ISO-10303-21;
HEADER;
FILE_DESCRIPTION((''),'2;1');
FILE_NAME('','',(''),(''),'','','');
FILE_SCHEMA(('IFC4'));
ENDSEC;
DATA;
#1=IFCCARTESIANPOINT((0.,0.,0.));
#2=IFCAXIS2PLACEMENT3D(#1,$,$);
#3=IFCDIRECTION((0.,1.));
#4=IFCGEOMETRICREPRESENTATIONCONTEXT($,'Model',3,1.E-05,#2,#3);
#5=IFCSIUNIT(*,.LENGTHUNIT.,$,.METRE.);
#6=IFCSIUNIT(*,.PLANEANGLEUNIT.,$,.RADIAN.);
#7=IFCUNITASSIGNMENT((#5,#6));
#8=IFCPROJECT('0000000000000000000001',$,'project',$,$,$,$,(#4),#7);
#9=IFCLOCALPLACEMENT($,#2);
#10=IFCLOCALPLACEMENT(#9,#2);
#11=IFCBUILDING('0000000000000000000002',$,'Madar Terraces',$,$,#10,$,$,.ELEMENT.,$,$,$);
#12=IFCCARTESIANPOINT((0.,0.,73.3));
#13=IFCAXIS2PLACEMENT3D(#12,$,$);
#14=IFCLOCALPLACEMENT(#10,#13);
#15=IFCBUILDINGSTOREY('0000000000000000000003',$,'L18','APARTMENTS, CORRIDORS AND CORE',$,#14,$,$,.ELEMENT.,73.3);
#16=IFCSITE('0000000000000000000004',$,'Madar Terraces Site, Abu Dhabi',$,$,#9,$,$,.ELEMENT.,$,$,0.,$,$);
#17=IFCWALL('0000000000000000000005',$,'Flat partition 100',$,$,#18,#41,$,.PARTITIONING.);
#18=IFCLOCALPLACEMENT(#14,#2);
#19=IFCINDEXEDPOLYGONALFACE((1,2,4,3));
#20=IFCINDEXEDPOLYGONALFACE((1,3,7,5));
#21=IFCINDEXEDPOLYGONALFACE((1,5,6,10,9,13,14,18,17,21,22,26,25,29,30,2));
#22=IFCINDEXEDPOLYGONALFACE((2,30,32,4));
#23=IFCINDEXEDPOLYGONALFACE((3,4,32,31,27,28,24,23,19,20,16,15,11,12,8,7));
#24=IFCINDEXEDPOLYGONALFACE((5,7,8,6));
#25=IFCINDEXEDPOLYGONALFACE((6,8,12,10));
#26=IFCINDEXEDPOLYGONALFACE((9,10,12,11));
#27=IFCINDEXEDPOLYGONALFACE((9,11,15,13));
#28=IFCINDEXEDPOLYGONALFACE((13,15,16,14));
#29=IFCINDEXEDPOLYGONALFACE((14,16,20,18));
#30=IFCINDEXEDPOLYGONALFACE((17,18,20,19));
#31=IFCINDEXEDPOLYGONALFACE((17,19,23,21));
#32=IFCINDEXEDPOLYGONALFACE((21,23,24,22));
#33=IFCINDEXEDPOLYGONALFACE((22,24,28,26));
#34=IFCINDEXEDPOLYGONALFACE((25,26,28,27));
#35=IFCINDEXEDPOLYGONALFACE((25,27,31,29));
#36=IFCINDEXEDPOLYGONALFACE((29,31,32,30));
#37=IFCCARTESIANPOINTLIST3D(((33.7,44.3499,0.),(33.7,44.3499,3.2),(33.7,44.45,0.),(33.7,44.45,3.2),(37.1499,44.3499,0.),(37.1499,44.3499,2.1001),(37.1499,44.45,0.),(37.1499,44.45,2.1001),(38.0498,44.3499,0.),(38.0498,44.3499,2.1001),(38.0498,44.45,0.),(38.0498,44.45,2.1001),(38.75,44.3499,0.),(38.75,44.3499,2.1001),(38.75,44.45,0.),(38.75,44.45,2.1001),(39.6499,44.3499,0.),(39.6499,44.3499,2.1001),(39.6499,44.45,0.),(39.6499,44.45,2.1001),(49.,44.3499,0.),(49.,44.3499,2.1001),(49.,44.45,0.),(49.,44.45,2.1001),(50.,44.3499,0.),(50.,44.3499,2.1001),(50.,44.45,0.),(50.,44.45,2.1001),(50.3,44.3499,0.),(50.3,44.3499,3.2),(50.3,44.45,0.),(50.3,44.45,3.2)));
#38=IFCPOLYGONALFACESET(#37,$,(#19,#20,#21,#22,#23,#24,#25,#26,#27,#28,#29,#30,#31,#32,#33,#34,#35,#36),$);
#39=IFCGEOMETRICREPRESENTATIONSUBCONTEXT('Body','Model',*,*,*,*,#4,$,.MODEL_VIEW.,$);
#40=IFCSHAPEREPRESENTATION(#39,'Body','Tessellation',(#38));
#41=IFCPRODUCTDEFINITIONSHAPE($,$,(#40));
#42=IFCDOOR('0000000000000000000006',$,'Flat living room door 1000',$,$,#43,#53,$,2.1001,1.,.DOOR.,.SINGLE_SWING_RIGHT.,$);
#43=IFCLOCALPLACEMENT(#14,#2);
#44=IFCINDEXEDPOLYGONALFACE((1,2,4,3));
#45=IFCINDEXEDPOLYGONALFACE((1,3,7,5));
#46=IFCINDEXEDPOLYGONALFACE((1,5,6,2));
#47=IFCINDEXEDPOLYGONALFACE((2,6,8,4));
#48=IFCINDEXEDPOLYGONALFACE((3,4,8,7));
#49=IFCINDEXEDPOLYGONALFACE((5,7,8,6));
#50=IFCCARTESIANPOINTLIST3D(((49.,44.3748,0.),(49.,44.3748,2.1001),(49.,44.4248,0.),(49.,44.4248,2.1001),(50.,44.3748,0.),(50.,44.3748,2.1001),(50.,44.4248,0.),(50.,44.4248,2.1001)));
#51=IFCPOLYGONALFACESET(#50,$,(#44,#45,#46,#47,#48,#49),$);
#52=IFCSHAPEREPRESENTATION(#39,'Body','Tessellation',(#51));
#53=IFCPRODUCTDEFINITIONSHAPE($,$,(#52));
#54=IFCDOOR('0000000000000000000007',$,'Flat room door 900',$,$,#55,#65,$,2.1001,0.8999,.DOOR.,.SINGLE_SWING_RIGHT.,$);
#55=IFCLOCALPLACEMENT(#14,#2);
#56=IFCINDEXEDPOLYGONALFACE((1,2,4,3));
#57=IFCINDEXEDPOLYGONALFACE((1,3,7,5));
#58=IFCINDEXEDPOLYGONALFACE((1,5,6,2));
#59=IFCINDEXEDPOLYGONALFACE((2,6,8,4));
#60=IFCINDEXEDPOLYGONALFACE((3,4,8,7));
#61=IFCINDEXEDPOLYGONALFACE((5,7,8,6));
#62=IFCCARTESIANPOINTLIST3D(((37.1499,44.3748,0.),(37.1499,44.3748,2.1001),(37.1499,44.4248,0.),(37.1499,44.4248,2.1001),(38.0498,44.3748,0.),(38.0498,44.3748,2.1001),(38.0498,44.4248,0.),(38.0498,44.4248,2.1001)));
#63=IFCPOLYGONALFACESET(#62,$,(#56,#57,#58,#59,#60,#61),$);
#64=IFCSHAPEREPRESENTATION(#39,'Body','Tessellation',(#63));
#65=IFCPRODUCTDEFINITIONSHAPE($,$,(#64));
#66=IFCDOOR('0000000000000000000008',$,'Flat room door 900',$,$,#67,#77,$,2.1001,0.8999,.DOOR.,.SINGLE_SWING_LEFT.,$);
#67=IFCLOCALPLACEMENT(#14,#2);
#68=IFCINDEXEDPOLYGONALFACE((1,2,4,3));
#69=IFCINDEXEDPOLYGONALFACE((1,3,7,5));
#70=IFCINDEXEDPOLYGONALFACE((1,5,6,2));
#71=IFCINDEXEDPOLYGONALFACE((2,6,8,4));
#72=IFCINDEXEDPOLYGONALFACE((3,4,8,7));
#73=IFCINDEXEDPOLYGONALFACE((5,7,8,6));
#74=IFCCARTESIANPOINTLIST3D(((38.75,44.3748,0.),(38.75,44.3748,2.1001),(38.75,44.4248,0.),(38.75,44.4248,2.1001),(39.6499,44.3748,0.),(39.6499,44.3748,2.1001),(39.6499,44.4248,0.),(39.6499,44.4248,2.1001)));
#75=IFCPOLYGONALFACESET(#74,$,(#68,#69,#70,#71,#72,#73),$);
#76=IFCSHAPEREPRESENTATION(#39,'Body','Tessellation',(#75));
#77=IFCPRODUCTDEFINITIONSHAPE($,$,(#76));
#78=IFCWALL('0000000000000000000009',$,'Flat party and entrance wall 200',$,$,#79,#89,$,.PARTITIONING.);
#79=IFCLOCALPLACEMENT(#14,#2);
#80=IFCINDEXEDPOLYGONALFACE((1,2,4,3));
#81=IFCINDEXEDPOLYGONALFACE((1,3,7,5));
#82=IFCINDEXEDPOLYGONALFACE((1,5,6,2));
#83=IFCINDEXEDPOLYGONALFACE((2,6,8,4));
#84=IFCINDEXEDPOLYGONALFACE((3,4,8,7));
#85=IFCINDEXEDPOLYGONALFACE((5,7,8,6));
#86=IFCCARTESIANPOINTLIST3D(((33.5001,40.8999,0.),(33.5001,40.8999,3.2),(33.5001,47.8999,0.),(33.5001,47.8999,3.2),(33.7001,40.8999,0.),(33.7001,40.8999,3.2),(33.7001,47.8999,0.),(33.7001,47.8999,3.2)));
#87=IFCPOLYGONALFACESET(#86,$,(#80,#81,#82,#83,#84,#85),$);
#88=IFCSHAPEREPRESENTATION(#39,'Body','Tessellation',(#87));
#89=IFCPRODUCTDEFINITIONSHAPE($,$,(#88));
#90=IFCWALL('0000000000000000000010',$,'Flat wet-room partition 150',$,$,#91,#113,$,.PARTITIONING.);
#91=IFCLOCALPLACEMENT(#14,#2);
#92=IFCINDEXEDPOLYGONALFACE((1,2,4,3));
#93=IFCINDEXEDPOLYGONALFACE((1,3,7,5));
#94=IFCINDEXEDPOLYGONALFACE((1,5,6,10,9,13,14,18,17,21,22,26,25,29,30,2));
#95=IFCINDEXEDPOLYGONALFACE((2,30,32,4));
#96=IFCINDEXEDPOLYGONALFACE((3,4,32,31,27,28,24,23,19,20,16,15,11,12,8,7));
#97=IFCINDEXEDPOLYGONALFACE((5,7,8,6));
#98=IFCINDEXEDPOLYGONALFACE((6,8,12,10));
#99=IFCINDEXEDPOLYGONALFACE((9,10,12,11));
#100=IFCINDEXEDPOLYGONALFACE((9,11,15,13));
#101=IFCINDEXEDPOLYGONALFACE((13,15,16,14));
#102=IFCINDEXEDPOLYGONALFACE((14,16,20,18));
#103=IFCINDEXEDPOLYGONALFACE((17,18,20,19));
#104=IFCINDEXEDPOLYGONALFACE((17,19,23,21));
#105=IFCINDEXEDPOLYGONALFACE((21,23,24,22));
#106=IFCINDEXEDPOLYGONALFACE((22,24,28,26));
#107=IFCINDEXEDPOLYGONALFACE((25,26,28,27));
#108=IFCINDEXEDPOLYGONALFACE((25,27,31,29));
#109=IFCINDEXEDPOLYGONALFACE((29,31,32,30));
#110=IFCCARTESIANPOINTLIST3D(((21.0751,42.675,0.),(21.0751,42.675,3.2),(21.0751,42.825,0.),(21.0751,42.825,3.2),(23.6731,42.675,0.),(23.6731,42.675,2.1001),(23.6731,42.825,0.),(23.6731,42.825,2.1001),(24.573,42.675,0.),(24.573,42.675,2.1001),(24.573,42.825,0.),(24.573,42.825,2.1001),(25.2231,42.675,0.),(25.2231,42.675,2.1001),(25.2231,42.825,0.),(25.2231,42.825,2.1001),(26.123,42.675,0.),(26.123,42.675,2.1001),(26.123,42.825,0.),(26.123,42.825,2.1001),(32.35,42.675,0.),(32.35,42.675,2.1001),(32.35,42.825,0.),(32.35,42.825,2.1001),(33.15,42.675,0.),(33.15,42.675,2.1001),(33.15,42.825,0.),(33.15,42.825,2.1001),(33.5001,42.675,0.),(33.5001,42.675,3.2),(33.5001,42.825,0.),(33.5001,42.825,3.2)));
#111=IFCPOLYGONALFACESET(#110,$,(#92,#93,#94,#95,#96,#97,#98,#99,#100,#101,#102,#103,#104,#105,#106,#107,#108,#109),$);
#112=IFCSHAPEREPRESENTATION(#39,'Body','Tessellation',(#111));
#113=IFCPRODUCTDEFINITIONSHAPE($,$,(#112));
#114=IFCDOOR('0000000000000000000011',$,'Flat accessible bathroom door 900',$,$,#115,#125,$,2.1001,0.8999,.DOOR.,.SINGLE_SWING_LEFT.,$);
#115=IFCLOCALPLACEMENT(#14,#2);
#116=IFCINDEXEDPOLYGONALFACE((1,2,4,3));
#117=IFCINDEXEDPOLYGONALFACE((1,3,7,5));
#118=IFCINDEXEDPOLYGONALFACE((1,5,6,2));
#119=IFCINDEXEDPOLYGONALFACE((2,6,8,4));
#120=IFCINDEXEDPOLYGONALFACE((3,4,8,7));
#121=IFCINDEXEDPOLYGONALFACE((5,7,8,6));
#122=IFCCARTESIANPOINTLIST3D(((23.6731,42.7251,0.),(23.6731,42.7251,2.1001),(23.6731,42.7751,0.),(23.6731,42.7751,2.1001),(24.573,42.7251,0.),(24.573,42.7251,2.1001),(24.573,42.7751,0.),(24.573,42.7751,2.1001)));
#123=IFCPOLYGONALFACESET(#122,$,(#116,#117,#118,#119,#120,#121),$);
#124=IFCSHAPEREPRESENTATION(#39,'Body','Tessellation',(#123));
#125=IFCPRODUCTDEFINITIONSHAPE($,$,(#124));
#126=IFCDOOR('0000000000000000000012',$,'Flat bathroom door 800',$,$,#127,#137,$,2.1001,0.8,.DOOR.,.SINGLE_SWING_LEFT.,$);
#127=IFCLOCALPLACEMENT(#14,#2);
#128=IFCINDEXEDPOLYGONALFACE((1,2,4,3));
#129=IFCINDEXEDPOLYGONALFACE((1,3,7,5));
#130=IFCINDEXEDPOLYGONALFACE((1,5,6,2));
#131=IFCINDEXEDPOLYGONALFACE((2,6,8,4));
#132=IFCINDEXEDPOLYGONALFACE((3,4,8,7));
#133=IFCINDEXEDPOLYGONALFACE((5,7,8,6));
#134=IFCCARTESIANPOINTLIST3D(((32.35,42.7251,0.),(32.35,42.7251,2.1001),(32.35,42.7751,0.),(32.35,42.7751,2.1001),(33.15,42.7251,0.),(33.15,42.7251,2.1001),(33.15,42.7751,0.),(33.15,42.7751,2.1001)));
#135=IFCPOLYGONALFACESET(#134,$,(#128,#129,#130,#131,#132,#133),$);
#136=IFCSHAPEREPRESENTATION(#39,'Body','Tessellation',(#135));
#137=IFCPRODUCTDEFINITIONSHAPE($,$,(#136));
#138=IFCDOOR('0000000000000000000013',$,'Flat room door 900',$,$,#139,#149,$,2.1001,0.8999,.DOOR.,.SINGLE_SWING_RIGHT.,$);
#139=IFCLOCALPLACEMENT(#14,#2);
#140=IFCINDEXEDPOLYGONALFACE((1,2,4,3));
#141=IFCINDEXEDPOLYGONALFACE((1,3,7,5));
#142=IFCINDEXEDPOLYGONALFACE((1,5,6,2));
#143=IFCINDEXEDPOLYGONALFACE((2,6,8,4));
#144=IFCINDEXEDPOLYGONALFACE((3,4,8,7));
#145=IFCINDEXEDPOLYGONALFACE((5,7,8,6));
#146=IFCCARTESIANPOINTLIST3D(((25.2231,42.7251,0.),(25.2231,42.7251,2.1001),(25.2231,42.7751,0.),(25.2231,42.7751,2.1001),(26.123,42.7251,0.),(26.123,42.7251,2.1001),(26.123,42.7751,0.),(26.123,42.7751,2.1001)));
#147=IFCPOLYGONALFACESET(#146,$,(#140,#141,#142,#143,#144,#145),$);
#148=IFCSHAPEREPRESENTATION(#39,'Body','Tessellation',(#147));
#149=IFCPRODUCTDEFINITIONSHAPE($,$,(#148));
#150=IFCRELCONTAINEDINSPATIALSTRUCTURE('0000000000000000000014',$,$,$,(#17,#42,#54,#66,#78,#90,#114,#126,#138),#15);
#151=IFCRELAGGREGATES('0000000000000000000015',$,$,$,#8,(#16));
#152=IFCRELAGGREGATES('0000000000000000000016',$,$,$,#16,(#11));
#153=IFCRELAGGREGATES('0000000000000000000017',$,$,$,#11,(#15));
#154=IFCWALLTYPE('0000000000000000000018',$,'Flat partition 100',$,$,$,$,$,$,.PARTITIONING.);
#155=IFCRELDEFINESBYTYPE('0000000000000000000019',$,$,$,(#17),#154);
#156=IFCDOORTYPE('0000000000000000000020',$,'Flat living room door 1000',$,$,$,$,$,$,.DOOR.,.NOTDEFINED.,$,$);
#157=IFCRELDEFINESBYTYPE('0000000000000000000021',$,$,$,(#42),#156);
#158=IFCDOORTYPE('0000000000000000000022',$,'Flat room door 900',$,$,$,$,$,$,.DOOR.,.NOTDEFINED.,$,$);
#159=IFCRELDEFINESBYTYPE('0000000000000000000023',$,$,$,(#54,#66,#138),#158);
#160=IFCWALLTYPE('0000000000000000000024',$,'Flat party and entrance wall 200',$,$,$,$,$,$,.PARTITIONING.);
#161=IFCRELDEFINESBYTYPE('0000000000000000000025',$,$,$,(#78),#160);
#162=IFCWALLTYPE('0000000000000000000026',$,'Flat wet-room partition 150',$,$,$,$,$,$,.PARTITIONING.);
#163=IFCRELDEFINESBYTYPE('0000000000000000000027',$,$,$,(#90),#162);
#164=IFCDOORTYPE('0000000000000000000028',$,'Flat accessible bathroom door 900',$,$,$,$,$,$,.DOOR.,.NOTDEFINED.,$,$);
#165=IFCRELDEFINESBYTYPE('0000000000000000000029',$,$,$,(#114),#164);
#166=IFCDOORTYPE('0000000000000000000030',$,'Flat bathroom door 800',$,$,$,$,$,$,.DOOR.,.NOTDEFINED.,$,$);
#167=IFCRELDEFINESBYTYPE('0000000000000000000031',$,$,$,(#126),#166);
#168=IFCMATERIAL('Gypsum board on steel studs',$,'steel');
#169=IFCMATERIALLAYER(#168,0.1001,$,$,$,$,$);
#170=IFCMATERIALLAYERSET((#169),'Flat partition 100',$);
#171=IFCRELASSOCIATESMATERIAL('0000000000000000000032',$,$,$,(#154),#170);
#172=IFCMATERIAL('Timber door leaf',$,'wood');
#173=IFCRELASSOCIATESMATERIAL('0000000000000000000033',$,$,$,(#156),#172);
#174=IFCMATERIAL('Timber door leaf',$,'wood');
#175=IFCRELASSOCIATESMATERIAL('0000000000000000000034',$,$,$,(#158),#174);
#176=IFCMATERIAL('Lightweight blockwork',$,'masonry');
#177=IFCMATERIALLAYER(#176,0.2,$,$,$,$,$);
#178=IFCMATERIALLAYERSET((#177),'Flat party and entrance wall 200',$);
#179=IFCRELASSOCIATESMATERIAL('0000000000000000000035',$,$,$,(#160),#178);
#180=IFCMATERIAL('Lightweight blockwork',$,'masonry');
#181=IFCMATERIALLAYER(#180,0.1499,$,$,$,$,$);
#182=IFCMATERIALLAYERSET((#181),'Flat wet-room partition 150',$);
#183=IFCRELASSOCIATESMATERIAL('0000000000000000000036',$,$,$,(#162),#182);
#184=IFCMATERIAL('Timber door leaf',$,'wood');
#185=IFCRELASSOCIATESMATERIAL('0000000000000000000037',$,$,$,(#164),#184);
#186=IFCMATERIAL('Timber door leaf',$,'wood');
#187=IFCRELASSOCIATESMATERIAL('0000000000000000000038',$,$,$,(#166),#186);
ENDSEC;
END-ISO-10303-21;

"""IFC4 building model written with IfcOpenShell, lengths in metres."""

from ifc_helpers import new_model, si_unit, direction, frame, frame_2d, origin, place, context, subcontext, project, spatial, rectangle, extrude, material, layer, layer_set, type_object, element, fill, save


model = new_model("IFC4")

# Units and contexts
model_context = context("Model", 3, precision=1e-05, world=origin(), true_north=direction((0.0, 1.0)))
body_context = subcontext(model_context, "Body", "Model", "MODEL_VIEW")
ifc_project = project(units=[si_unit("LENGTHUNIT", "METRE"), si_unit("PLANEANGLEUNIT", "RADIAN")], contexts=[model_context])

# Site, building, storey
site_placement = place(None, origin())
site = spatial("IfcSite", under=ifc_project, at=site_placement, Name="Madar Terraces Site, Abu Dhabi", CompositionType="ELEMENT", RefElevation=0.0)
building_placement = place(site_placement, origin())
building = spatial("IfcBuilding", under=site, at=building_placement, Name="Madar Terraces", CompositionType="ELEMENT")
storey_placement = place(building_placement, frame((0.0, 0.0, 73.3)))
storey = spatial("IfcBuildingStorey", under=building, at=storey_placement, Name="L18", Description="APARTMENTS, CORRIDORS AND CORE", CompositionType="ELEMENT", Elevation=73.3)

# Shared definitions
ifc_material_1 = material(Name="Gypsum board on steel studs", Category="steel")
ifc_layer_1 = layer(ifc_material_1, 0.1001)
ifc_layer_set_1 = layer_set([ifc_layer_1], Name="Flat partition 100")
wall_type_1 = type_object("IfcWallType", Name="Flat partition 100", PredefinedType="PARTITIONING", material=ifc_layer_set_1)

# Wall, openings, doors
wall_1_placement = place(storey_placement, frame((33.7, 44.3999, 0.0), z_axis=(0.0, 0.0, 1.0), x_axis=(1.0, 0.0, 0.0)))
wall_1 = element("IfcWall", 1, at=wall_1_placement, inside=storey, type_object=wall_type_1, Name="Flat partition 100", PredefinedType="PARTITIONING", context=body_context, shape_type="SweptSolid", body=[
    extrude(rectangle(XDim=16.6001, YDim=0.1001, at=frame_2d((8.3, 0.0))), origin(), (0.0, 0.0, 1.0), 3.2),
])
opening_1_placement = place(wall_1_placement, frame((3.45, 0.0, 0.0)))
opening_1 = element("IfcOpeningElement", 2, at=opening_1_placement, cuts=wall_1, PredefinedType="OPENING", context=body_context, shape_type="SweptSolid", body=[
    extrude(rectangle(XDim=0.8999, YDim=2.1001, at=frame_2d((0.45, 1.05))), frame((0.0, 0.0601, 0.0), z_axis=(0.0, -1.0, 0.0), x_axis=(1.0, 0.0, 0.0)), (0.0, 0.0, 1.0), 0.1201),
])
opening_2_placement = place(wall_1_placement, frame((5.05, 0.0, 0.0)))
opening_2 = element("IfcOpeningElement", 3, at=opening_2_placement, cuts=wall_1, PredefinedType="OPENING", context=body_context, shape_type="SweptSolid", body=[
    extrude(rectangle(XDim=0.8999, YDim=2.1001, at=frame_2d((0.45, 1.05))), frame((0.0, 0.0601, 0.0), z_axis=(0.0, -1.0, 0.0), x_axis=(1.0, 0.0, 0.0)), (0.0, 0.0, 1.0), 0.1201),
])
opening_3_placement = place(wall_1_placement, frame((15.3, 0.0, 0.0)))
opening_3 = element("IfcOpeningElement", 4, at=opening_3_placement, cuts=wall_1, PredefinedType="OPENING", context=body_context, shape_type="SweptSolid", body=[
    extrude(rectangle(XDim=1.0, YDim=2.1001, at=frame_2d((0.5, 1.05))), frame((0.0, 0.0601, 0.0), z_axis=(0.0, -1.0, 0.0), x_axis=(1.0, 0.0, 0.0)), (0.0, 0.0, 1.0), 0.1201),
])
ifc_material_2 = material(Name="Timber door leaf", Category="wood")
door_type_1 = type_object("IfcDoorType", Name="Flat living room door 1000", OperationType="NOTDEFINED", PredefinedType="DOOR", material=ifc_material_2)
door_1_placement = place(opening_3_placement, origin())
door_1 = element("IfcDoor", 5, at=door_1_placement, inside=storey, type_object=door_type_1, Name="Flat living room door 1000", OperationType="SINGLE_SWING_RIGHT", OverallHeight=2.1001, OverallWidth=1.0, PredefinedType="DOOR", context=body_context, shape_type="SweptSolid", body=[
    extrude(rectangle(XDim=1.0, YDim=2.1001, at=frame_2d((0.5, 1.05))), frame((0.0, 0.0249, 0.0), z_axis=(0.0, -1.0, 0.0), x_axis=(1.0, 0.0, 0.0)), (0.0, 0.0, 1.0), 0.05),
])
fill(opening_3, door_1)
ifc_material_3 = material(Name="Timber door leaf", Category="wood")
door_type_2 = type_object("IfcDoorType", Name="Flat room door 900", OperationType="NOTDEFINED", PredefinedType="DOOR", material=ifc_material_3)
door_2_placement = place(opening_1_placement, origin())
door_2 = element("IfcDoor", 6, at=door_2_placement, inside=storey, type_object=door_type_2, Name="Flat room door 900", OperationType="SINGLE_SWING_RIGHT", OverallHeight=2.1001, OverallWidth=0.8999, PredefinedType="DOOR", context=body_context, shape_type="SweptSolid", body=[
    extrude(rectangle(XDim=0.8999, YDim=2.1001, at=frame_2d((0.45, 1.05))), frame((0.0, 0.0249, 0.0), z_axis=(0.0, -1.0, 0.0), x_axis=(1.0, 0.0, 0.0)), (0.0, 0.0, 1.0), 0.05),
])
fill(opening_1, door_2)
door_3_placement = place(opening_2_placement, origin())
door_3 = element("IfcDoor", 7, at=door_3_placement, inside=storey, type_object=door_type_2, Name="Flat room door 900", OperationType="SINGLE_SWING_LEFT", OverallHeight=2.1001, OverallWidth=0.8999, PredefinedType="DOOR", context=body_context, shape_type="SweptSolid", body=[
    extrude(rectangle(XDim=0.8999, YDim=2.1001, at=frame_2d((0.45, 1.05))), frame((0.0, 0.0249, 0.0), z_axis=(0.0, -1.0, 0.0), x_axis=(1.0, 0.0, 0.0)), (0.0, 0.0, 1.0), 0.05),
])
fill(opening_2, door_3)

# Wall
ifc_material_4 = material(Name="Lightweight blockwork", Category="masonry")
ifc_layer_2 = layer(ifc_material_4, 0.2)
ifc_layer_set_2 = layer_set([ifc_layer_2], Name="Flat party and entrance wall 200")
wall_type_2 = type_object("IfcWallType", Name="Flat party and entrance wall 200", PredefinedType="PARTITIONING", material=ifc_layer_set_2)
wall_2_placement = place(storey_placement, frame((33.6001, 47.8999, 0.0), z_axis=(0.0, 0.0, 1.0), x_axis=(0.0, -1.0, 0.0)))
element("IfcWall", 8, at=wall_2_placement, inside=storey, type_object=wall_type_2, Name="Flat party and entrance wall 200", PredefinedType="PARTITIONING", context=body_context, shape_type="SweptSolid", body=[
    extrude(rectangle(XDim=7.0, YDim=0.2, at=frame_2d((3.5, 0.0))), origin(), (0.0, 0.0, 1.0), 3.2),
])

# Wall, openings, doors
ifc_material_5 = material(Name="Lightweight blockwork", Category="masonry")
ifc_layer_3 = layer(ifc_material_5, 0.1499)
ifc_layer_set_3 = layer_set([ifc_layer_3], Name="Flat wet-room partition 150")
wall_type_3 = type_object("IfcWallType", Name="Flat wet-room partition 150", PredefinedType="PARTITIONING", material=ifc_layer_set_3)
wall_3_placement = place(storey_placement, frame((33.5, 42.75, 0.0), z_axis=(0.0, 0.0, 1.0), x_axis=(-1.0, 0.0, 0.0)))
wall_3 = element("IfcWall", 9, at=wall_3_placement, inside=storey, type_object=wall_type_3, Name="Flat wet-room partition 150", PredefinedType="PARTITIONING", context=body_context, shape_type="SweptSolid", body=[
    extrude(rectangle(XDim=12.425, YDim=0.1499, at=frame_2d((6.2124, 0.0))), origin(), (0.0, 0.0, 1.0), 3.2),
])
opening_4_placement = place(wall_3_placement, frame((8.927, 0.0, 0.0)))
opening_4 = element("IfcOpeningElement", 10, at=opening_4_placement, cuts=wall_3, PredefinedType="OPENING", context=body_context, shape_type="SweptSolid", body=[
    extrude(rectangle(XDim=0.8999, YDim=2.1001, at=frame_2d((0.45, 1.05))), frame((0.0, 0.085, 0.0), z_axis=(0.0, -1.0, 0.0), x_axis=(1.0, 0.0, 0.0)), (0.0, 0.0, 1.0), 0.1699),
])
opening_5_placement = place(wall_3_placement, frame((7.377, 0.0, 0.0)))
opening_5 = element("IfcOpeningElement", 11, at=opening_5_placement, cuts=wall_3, PredefinedType="OPENING", context=body_context, shape_type="SweptSolid", body=[
    extrude(rectangle(XDim=0.8999, YDim=2.1001, at=frame_2d((0.45, 1.05))), frame((0.0, 0.085, 0.0), z_axis=(0.0, -1.0, 0.0), x_axis=(1.0, 0.0, 0.0)), (0.0, 0.0, 1.0), 0.1699),
])
opening_6_placement = place(wall_3_placement, frame((0.3501, 0.0, 0.0)))
opening_6 = element("IfcOpeningElement", 12, at=opening_6_placement, cuts=wall_3, PredefinedType="OPENING", context=body_context, shape_type="SweptSolid", body=[
    extrude(rectangle(XDim=0.8, YDim=2.1001, at=frame_2d((0.3999, 1.05))), frame((0.0, 0.085, 0.0), z_axis=(0.0, -1.0, 0.0), x_axis=(1.0, 0.0, 0.0)), (0.0, 0.0, 1.0), 0.1699),
])
ifc_material_6 = material(Name="Timber door leaf", Category="wood")
door_type_3 = type_object("IfcDoorType", Name="Flat accessible bathroom door 900", OperationType="NOTDEFINED", PredefinedType="DOOR", material=ifc_material_6)
door_4_placement = place(opening_4_placement, origin())
door_4 = element("IfcDoor", 13, at=door_4_placement, inside=storey, type_object=door_type_3, Name="Flat accessible bathroom door 900", OperationType="SINGLE_SWING_LEFT", OverallHeight=2.1001, OverallWidth=0.8999, PredefinedType="DOOR", context=body_context, shape_type="SweptSolid", body=[
    extrude(rectangle(XDim=0.8999, YDim=2.1001, at=frame_2d((0.45, 1.05))), frame((0.0, 0.0249, 0.0), z_axis=(0.0, -1.0, 0.0), x_axis=(1.0, 0.0, 0.0)), (0.0, 0.0, 1.0), 0.05),
])
fill(opening_4, door_4)
ifc_material_7 = material(Name="Timber door leaf", Category="wood")
door_type_4 = type_object("IfcDoorType", Name="Flat bathroom door 800", OperationType="NOTDEFINED", PredefinedType="DOOR", material=ifc_material_7)
door_5_placement = place(opening_6_placement, origin())
door_5 = element("IfcDoor", 14, at=door_5_placement, inside=storey, type_object=door_type_4, Name="Flat bathroom door 800", OperationType="SINGLE_SWING_LEFT", OverallHeight=2.1001, OverallWidth=0.8, PredefinedType="DOOR", context=body_context, shape_type="SweptSolid", body=[
    extrude(rectangle(XDim=0.8, YDim=2.1001, at=frame_2d((0.3999, 1.05))), frame((0.0, 0.0249, 0.0), z_axis=(0.0, -1.0, 0.0), x_axis=(1.0, 0.0, 0.0)), (0.0, 0.0, 1.0), 0.05),
])
fill(opening_6, door_5)
door_6_placement = place(opening_5_placement, origin())
door_6 = element("IfcDoor", 15, at=door_6_placement, inside=storey, type_object=door_type_2, Name="Flat room door 900", OperationType="SINGLE_SWING_RIGHT", OverallHeight=2.1001, OverallWidth=0.8999, PredefinedType="DOOR", context=body_context, shape_type="SweptSolid", body=[
    extrude(rectangle(XDim=0.8999, YDim=2.1001, at=frame_2d((0.45, 1.05))), frame((0.0, 0.0249, 0.0), z_axis=(0.0, -1.0, 0.0), x_axis=(1.0, 0.0, 0.0)), (0.0, 0.0, 1.0), 0.05),
])
fill(opening_5, door_6)

save(model, "model.ifc")
